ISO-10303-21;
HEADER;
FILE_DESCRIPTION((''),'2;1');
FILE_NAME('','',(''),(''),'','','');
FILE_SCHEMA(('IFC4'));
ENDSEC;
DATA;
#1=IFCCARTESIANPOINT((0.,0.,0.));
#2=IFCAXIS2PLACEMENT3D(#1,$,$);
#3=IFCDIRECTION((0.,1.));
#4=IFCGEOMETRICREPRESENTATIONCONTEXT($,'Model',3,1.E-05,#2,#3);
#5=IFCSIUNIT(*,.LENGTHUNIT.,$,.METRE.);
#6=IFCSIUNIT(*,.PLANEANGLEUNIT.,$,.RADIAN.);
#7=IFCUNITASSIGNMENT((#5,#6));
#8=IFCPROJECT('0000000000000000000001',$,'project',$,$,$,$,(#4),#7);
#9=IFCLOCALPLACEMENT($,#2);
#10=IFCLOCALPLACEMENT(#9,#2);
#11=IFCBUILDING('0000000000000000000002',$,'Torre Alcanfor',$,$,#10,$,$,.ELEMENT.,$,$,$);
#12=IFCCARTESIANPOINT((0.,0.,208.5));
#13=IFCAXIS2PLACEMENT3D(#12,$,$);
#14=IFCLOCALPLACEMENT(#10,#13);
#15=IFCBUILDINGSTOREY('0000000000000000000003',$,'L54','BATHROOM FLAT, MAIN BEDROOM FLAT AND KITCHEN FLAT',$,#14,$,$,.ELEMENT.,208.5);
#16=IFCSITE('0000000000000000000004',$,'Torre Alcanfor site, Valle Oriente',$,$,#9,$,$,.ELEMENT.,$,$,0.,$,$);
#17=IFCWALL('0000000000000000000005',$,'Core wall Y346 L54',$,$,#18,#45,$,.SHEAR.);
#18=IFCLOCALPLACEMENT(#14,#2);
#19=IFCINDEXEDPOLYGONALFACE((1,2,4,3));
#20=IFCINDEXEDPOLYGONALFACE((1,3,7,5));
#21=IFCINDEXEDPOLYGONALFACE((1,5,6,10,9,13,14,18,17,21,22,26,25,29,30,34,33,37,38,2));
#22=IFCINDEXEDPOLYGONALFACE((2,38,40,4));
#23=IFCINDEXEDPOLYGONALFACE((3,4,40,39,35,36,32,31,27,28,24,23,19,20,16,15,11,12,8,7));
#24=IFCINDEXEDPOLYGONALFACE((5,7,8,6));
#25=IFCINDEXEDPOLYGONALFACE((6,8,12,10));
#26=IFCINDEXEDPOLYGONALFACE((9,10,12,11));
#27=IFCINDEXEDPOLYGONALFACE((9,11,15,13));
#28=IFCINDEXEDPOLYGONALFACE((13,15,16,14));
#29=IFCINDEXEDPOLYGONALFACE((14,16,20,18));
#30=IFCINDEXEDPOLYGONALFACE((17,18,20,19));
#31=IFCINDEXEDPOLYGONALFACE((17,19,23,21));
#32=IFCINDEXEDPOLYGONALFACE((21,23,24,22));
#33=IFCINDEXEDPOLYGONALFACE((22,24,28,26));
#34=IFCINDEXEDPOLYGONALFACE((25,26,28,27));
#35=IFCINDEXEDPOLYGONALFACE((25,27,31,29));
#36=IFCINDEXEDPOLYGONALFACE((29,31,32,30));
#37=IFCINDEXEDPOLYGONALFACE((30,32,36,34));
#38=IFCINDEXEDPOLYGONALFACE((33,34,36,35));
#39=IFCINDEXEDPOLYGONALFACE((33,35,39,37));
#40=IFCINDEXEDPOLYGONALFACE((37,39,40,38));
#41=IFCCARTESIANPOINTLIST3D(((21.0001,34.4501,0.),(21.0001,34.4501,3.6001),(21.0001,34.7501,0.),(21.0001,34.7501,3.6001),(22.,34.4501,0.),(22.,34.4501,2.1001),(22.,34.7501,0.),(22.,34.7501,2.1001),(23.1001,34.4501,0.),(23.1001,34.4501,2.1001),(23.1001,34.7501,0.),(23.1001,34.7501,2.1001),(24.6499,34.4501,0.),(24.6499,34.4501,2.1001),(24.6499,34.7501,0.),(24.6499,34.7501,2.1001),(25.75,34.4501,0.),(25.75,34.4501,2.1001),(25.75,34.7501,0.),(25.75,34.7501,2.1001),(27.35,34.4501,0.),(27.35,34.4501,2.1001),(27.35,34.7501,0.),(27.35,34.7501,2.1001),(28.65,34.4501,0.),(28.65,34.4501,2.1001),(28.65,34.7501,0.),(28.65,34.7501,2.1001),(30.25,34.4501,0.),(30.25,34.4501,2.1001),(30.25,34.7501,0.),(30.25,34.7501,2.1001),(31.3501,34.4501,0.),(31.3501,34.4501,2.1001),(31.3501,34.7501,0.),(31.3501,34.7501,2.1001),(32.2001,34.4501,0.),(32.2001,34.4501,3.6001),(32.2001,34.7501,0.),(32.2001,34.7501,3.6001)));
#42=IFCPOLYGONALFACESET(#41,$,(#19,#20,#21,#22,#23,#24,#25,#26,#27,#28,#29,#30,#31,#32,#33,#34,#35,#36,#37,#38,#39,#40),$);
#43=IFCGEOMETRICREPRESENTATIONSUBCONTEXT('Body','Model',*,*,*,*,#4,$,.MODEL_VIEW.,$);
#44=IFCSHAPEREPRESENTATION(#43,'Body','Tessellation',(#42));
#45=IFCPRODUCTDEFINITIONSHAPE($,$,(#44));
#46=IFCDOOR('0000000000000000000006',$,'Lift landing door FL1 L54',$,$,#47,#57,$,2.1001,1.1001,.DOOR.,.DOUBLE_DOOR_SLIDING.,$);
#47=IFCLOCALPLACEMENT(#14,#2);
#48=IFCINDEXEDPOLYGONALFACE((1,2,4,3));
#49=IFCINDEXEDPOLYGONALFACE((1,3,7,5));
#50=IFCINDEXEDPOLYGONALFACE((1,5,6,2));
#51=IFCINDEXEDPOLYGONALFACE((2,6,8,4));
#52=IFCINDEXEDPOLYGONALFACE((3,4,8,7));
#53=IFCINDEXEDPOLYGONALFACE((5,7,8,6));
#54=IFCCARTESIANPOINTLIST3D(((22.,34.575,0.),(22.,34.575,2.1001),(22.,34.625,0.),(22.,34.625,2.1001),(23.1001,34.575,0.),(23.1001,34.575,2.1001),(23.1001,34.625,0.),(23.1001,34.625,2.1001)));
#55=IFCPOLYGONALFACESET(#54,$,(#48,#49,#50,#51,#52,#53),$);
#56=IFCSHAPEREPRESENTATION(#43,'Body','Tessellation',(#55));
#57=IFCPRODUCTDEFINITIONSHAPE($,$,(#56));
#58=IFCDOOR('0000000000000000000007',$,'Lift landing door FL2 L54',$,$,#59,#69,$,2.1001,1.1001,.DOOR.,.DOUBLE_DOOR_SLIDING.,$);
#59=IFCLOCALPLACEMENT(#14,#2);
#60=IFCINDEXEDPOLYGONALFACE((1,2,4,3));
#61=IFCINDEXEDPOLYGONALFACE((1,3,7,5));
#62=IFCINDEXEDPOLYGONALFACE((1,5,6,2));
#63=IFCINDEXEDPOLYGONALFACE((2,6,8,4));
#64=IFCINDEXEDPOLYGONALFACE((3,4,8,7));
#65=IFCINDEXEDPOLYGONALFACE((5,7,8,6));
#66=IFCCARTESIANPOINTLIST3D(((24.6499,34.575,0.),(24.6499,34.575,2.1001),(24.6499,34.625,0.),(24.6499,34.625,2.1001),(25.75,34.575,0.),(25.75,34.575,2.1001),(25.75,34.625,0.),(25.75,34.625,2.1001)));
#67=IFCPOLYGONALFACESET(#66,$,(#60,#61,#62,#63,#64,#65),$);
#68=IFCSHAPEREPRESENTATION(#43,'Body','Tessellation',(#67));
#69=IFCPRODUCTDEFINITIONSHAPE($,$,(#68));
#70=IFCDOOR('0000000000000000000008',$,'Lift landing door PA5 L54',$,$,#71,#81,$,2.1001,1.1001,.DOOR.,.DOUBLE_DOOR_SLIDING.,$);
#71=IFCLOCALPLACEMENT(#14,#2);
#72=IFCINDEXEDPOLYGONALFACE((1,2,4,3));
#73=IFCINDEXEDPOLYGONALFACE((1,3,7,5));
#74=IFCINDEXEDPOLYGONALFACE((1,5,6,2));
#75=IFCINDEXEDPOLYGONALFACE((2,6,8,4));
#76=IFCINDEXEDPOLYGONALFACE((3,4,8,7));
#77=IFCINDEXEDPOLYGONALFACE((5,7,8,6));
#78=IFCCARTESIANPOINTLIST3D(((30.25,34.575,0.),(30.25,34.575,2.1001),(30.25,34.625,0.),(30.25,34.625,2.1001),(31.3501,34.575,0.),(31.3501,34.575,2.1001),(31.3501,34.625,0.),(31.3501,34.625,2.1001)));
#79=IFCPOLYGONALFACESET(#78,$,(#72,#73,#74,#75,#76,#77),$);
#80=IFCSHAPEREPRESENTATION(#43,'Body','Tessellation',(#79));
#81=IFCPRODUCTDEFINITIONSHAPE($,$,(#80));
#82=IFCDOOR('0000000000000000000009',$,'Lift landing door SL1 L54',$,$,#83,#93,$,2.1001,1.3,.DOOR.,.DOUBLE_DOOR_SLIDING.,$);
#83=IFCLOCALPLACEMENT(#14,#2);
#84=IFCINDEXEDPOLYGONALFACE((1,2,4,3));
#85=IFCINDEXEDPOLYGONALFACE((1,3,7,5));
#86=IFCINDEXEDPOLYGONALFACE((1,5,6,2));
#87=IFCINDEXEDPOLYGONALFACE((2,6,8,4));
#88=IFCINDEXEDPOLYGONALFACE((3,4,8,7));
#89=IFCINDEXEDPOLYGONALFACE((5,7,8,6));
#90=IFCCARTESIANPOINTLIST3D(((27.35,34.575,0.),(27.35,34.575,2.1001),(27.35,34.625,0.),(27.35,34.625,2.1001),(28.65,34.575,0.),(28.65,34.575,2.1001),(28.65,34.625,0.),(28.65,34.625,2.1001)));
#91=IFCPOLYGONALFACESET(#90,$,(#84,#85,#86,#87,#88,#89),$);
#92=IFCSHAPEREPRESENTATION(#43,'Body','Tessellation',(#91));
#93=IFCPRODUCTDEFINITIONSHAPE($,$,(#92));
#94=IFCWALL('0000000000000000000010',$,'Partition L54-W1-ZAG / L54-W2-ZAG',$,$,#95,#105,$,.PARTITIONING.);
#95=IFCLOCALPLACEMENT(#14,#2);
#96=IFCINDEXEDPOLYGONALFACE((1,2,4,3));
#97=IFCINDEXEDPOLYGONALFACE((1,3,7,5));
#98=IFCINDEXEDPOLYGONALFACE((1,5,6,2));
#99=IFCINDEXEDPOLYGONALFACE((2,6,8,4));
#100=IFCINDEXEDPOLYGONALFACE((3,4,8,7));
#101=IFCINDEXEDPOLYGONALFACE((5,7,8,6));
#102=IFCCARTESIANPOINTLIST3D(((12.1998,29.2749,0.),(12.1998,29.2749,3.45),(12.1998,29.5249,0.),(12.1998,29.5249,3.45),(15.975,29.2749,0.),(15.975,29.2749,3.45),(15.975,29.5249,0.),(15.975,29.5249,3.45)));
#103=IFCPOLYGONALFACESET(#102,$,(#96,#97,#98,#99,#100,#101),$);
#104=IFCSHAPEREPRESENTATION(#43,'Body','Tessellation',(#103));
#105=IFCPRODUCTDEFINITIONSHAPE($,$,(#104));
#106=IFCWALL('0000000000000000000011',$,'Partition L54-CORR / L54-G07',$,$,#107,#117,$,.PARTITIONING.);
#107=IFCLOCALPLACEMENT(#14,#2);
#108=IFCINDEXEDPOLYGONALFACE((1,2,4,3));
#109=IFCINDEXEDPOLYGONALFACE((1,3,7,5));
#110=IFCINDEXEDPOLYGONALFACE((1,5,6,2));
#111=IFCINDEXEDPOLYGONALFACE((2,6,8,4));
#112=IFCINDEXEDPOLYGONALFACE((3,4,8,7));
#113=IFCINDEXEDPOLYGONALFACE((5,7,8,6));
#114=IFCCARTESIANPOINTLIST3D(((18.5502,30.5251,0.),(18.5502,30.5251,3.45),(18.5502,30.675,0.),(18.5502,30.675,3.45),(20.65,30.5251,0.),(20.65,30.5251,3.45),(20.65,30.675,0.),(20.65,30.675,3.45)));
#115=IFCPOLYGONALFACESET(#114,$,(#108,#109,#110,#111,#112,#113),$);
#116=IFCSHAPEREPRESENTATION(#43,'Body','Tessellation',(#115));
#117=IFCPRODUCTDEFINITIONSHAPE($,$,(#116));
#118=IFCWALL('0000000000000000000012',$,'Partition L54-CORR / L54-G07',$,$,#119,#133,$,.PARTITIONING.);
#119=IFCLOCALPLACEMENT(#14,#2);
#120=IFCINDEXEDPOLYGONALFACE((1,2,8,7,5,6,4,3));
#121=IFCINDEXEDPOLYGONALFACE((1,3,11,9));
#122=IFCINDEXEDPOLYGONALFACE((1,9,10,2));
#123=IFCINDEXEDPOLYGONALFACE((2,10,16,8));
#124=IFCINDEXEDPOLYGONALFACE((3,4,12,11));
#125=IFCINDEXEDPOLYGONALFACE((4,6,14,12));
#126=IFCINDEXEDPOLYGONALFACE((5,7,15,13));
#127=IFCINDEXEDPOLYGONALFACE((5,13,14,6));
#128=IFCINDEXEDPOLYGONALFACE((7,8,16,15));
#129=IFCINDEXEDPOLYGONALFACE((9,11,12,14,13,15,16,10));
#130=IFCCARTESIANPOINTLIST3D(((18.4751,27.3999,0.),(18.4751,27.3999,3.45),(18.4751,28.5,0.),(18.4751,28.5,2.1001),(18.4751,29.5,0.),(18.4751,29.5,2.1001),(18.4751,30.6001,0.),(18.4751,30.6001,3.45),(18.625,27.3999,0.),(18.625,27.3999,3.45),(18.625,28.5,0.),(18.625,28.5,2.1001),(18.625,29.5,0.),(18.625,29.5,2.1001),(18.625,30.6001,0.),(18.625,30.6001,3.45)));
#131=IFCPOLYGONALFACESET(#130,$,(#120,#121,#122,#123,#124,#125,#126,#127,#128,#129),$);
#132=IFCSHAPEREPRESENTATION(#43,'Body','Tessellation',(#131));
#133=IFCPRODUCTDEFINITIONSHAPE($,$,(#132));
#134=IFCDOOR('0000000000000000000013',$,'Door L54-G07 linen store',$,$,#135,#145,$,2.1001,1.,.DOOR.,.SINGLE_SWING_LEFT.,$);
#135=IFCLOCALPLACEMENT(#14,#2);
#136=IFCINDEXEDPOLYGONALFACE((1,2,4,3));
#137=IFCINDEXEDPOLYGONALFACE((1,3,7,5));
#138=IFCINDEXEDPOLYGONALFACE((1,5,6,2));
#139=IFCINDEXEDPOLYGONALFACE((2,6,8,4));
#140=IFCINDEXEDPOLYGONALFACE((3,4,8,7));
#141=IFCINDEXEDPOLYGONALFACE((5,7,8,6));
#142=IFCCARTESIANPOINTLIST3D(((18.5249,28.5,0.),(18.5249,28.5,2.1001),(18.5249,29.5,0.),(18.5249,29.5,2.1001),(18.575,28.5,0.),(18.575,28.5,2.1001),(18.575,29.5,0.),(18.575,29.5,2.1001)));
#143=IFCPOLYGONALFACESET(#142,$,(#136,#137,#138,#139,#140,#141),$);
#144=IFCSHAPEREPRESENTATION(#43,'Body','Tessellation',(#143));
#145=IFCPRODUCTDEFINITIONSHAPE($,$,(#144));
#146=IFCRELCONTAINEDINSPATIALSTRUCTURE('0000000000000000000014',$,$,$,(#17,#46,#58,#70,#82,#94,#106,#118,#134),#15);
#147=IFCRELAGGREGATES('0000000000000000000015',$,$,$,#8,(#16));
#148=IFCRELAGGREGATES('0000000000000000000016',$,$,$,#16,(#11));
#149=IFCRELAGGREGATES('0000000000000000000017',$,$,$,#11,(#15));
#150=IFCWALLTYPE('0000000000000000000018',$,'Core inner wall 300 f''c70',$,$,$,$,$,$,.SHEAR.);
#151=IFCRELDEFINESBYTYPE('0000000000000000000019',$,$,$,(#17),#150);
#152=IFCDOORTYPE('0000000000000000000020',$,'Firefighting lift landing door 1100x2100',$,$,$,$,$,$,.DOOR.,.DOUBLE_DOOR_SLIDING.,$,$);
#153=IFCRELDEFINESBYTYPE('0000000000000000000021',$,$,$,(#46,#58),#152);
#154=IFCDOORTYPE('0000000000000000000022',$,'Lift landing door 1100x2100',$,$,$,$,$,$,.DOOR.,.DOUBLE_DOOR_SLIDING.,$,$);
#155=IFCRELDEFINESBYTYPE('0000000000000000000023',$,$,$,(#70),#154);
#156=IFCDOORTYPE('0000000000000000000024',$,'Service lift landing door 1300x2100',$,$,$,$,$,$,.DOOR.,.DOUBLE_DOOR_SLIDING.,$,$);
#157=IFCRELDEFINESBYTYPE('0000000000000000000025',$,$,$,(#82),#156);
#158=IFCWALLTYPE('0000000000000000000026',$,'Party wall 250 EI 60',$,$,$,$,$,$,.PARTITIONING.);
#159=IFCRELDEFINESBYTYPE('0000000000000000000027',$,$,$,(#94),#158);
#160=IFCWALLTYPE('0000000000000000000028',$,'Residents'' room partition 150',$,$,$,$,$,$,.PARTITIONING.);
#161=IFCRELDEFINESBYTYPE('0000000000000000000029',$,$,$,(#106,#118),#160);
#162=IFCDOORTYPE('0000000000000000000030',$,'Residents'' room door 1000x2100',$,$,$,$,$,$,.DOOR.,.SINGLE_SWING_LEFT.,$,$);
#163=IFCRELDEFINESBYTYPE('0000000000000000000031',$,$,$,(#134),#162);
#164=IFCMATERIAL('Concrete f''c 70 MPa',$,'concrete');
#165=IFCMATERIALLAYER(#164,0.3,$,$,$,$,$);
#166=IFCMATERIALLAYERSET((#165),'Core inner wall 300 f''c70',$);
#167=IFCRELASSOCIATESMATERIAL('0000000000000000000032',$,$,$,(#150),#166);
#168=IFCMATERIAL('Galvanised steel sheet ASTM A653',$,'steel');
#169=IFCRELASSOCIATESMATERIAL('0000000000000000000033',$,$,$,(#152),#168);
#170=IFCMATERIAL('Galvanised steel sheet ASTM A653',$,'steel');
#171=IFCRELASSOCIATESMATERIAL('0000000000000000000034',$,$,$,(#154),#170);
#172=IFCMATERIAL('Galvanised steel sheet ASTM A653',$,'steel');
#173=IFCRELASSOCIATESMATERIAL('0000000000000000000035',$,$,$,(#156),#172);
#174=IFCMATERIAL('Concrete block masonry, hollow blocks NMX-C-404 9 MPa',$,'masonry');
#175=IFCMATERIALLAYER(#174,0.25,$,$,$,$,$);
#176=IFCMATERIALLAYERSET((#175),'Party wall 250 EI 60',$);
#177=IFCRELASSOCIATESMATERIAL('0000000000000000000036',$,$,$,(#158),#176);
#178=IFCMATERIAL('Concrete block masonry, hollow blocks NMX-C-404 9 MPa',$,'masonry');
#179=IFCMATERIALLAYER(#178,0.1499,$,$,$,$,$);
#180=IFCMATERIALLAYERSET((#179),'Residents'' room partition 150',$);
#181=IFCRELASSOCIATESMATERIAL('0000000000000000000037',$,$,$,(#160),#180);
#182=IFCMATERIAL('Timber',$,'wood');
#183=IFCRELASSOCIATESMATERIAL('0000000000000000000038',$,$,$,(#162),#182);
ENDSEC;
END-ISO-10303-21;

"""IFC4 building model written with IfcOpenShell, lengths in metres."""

from ifc_helpers import new_model, si_unit, direction, frame, frame_2d, origin, place, context, subcontext, project, spatial, rectangle, extrude, material, layer, layer_set, type_object, element, fill, save


model = new_model("IFC4")

# Units and contexts
model_context = context("Model", 3, precision=1e-05, world=origin(), true_north=direction((0.0, 1.0)))
body_context = subcontext(model_context, "Body", "Model", "MODEL_VIEW")
ifc_project = project(units=[si_unit("LENGTHUNIT", "METRE"), si_unit("PLANEANGLEUNIT", "RADIAN")], contexts=[model_context])

# Site, building, storey
site_placement = place(None, origin())
site = spatial("IfcSite", under=ifc_project, at=site_placement, Name="Torre Alcanfor site, Valle Oriente", CompositionType="ELEMENT", RefElevation=0.0)
building_placement = place(site_placement, origin())
building = spatial("IfcBuilding", under=site, at=building_placement, Name="Torre Alcanfor", CompositionType="ELEMENT")
storey_placement = place(building_placement, frame((0.0, 0.0, 208.5)))
storey = spatial("IfcBuildingStorey", under=building, at=storey_placement, Name="L54", Description="BATHROOM FLAT, MAIN BEDROOM FLAT AND KITCHEN FLAT", CompositionType="ELEMENT", Elevation=208.5)

# Shared definitions
ifc_material_1 = material(Name="Concrete f'c 70 MPa", Category="concrete")
ifc_layer_1 = layer(ifc_material_1, 0.3)
ifc_layer_set_1 = layer_set([ifc_layer_1], Name="Core inner wall 300 f'c70")
wall_type_1 = type_object("IfcWallType", Name="Core inner wall 300 f'c70", PredefinedType="SHEAR", material=ifc_layer_set_1)

# Wall, openings, doors
wall_1_placement = place(storey_placement, frame((21.0, 34.6001, 0.0), z_axis=(0.0, 0.0, 1.0), x_axis=(1.0, 0.0, 0.0)))
wall_1 = element("IfcWall", 1, at=wall_1_placement, inside=storey, type_object=wall_type_1, Name="Core wall Y346 L54", PredefinedType="SHEAR", context=body_context, shape_type="SweptSolid", body=[
    extrude(rectangle(XDim=11.2, YDim=0.3, at=frame_2d((5.6001, 0.0))), origin(), (0.0, 0.0, 1.0), 3.6001),
])
opening_1_placement = place(wall_1_placement, frame((9.25, 0.0, 0.0)))
opening_1 = element("IfcOpeningElement", 2, at=opening_1_placement, cuts=wall_1, PredefinedType="OPENING", context=body_context, shape_type="SweptSolid", body=[
    extrude(rectangle(XDim=1.1001, YDim=2.1001, at=frame_2d((0.55, 1.05))), frame((0.0, 0.1599, 0.0), z_axis=(0.0, -1.0, 0.0), x_axis=(1.0, 0.0, 0.0)), (0.0, 0.0, 1.0), 0.3201),
])
opening_2_placement = place(wall_1_placement, frame((1.0, 0.0, 0.0)))
opening_2 = element("IfcOpeningElement", 3, at=opening_2_placement, cuts=wall_1, PredefinedType="OPENING", context=body_context, shape_type="SweptSolid", body=[
    extrude(rectangle(XDim=1.1001, YDim=2.1001, at=frame_2d((0.55, 1.05))), frame((0.0, 0.1599, 0.0), z_axis=(0.0, -1.0, 0.0), x_axis=(1.0, 0.0, 0.0)), (0.0, 0.0, 1.0), 0.3201),
])
opening_3_placement = place(wall_1_placement, frame((3.6499, 0.0, 0.0)))
opening_3 = element("IfcOpeningElement", 4, at=opening_3_placement, cuts=wall_1, PredefinedType="OPENING", context=body_context, shape_type="SweptSolid", body=[
    extrude(rectangle(XDim=1.1001, YDim=2.1001, at=frame_2d((0.55, 1.05))), frame((0.0, 0.1599, 0.0), z_axis=(0.0, -1.0, 0.0), x_axis=(1.0, 0.0, 0.0)), (0.0, 0.0, 1.0), 0.3201),
])
opening_4_placement = place(wall_1_placement, frame((6.3501, 0.0, 0.0)))
opening_4 = element("IfcOpeningElement", 5, at=opening_4_placement, cuts=wall_1, PredefinedType="OPENING", context=body_context, shape_type="SweptSolid", body=[
    extrude(rectangle(XDim=1.3, YDim=2.1001, at=frame_2d((0.6499, 1.05))), frame((0.0, 0.1599, 0.0), z_axis=(0.0, -1.0, 0.0), x_axis=(1.0, 0.0, 0.0)), (0.0, 0.0, 1.0), 0.3201),
])
ifc_material_2 = material(Name="Galvanised steel sheet ASTM A653", Category="steel")
door_type_1 = type_object("IfcDoorType", Name="Firefighting lift landing door 1100x2100", OperationType="DOUBLE_DOOR_SLIDING", PredefinedType="DOOR", material=ifc_material_2)
door_1_placement = place(opening_2_placement, origin())
door_1 = element("IfcDoor", 6, at=door_1_placement, inside=storey, type_object=door_type_1, Name="Lift landing door FL1 L54", OperationType="DOUBLE_DOOR_SLIDING", OverallHeight=2.1001, OverallWidth=1.1001, PredefinedType="DOOR", context=body_context, shape_type="SweptSolid", body=[
    extrude(rectangle(XDim=1.1001, YDim=2.1001, at=frame_2d((0.55, 1.05))), frame((0.0, 0.0249, 0.0), z_axis=(0.0, -1.0, 0.0), x_axis=(1.0, 0.0, 0.0)), (0.0, 0.0, 1.0), 0.05),
])
fill(opening_2, door_1)
door_2_placement = place(opening_3_placement, origin())
door_2 = element("IfcDoor", 7, at=door_2_placement, inside=storey, type_object=door_type_1, Name="Lift landing door FL2 L54", OperationType="DOUBLE_DOOR_SLIDING", OverallHeight=2.1001, OverallWidth=1.1001, PredefinedType="DOOR", context=body_context, shape_type="SweptSolid", body=[
    extrude(rectangle(XDim=1.1001, YDim=2.1001, at=frame_2d((0.55, 1.05))), frame((0.0, 0.0249, 0.0), z_axis=(0.0, -1.0, 0.0), x_axis=(1.0, 0.0, 0.0)), (0.0, 0.0, 1.0), 0.05),
])
fill(opening_3, door_2)
ifc_material_3 = material(Name="Galvanised steel sheet ASTM A653", Category="steel")
door_type_2 = type_object("IfcDoorType", Name="Lift landing door 1100x2100", OperationType="DOUBLE_DOOR_SLIDING", PredefinedType="DOOR", material=ifc_material_3)
door_3_placement = place(opening_1_placement, origin())
door_3 = element("IfcDoor", 8, at=door_3_placement, inside=storey, type_object=door_type_2, Name="Lift landing door PA5 L54", OperationType="DOUBLE_DOOR_SLIDING", OverallHeight=2.1001, OverallWidth=1.1001, PredefinedType="DOOR", context=body_context, shape_type="SweptSolid", body=[
    extrude(rectangle(XDim=1.1001, YDim=2.1001, at=frame_2d((0.55, 1.05))), frame((0.0, 0.0249, 0.0), z_axis=(0.0, -1.0, 0.0), x_axis=(1.0, 0.0, 0.0)), (0.0, 0.0, 1.0), 0.05),
])
fill(opening_1, door_3)
ifc_material_4 = material(Name="Galvanised steel sheet ASTM A653", Category="steel")
door_type_3 = type_object("IfcDoorType", Name="Service lift landing door 1300x2100", OperationType="DOUBLE_DOOR_SLIDING", PredefinedType="DOOR", material=ifc_material_4)
door_4_placement = place(opening_4_placement, origin())
door_4 = element("IfcDoor", 9, at=door_4_placement, inside=storey, type_object=door_type_3, Name="Lift landing door SL1 L54", OperationType="DOUBLE_DOOR_SLIDING", OverallHeight=2.1001, OverallWidth=1.3, PredefinedType="DOOR", context=body_context, shape_type="SweptSolid", body=[
    extrude(rectangle(XDim=1.3, YDim=2.1001, at=frame_2d((0.6499, 1.05))), frame((0.0, 0.0249, 0.0), z_axis=(0.0, -1.0, 0.0), x_axis=(1.0, 0.0, 0.0)), (0.0, 0.0, 1.0), 0.05),
])
fill(opening_4, door_4)

# Walls
ifc_material_5 = material(Name="Concrete block masonry, hollow blocks NMX-C-404 9 MPa", Category="masonry")
ifc_layer_2 = layer(ifc_material_5, 0.25)
ifc_layer_set_2 = layer_set([ifc_layer_2], Name="Party wall 250 EI 60")
wall_type_2 = type_object("IfcWallType", Name="Party wall 250 EI 60", PredefinedType="PARTITIONING", material=ifc_layer_set_2)
wall_2_placement = place(storey_placement, frame((15.9751, 29.3999, 0.0), z_axis=(0.0, 0.0, 1.0), x_axis=(-1.0, 0.0, 0.0)))
element("IfcWall", 10, at=wall_2_placement, inside=storey, type_object=wall_type_2, Name="Partition L54-W1-ZAG / L54-W2-ZAG", PredefinedType="PARTITIONING", context=body_context, shape_type="SweptSolid", body=[
    extrude(rectangle(XDim=3.7751, YDim=0.25, at=frame_2d((1.8877, 0.0))), origin(), (0.0, 0.0, 1.0), 3.45),
])
ifc_material_6 = material(Name="Concrete block masonry, hollow blocks NMX-C-404 9 MPa", Category="masonry")
ifc_layer_3 = layer(ifc_material_6, 0.1499)
ifc_layer_set_3 = layer_set([ifc_layer_3], Name="Residents' room partition 150")
wall_type_3 = type_object("IfcWallType", Name="Residents' room partition 150", PredefinedType="PARTITIONING", material=ifc_layer_set_3)
wall_3_placement = place(storey_placement, frame((20.6499, 30.6001, 0.0), z_axis=(0.0, 0.0, 1.0), x_axis=(-1.0, 0.0, 0.0)))
element("IfcWall", 11, at=wall_3_placement, inside=storey, type_object=wall_type_3, Name="Partition L54-CORR / L54-G07", PredefinedType="PARTITIONING", context=body_context, shape_type="SweptSolid", body=[
    extrude(rectangle(XDim=2.0999, YDim=0.1499, at=frame_2d((1.0498, 0.0))), origin(), (0.0, 0.0, 1.0), 3.45),
])

# Wall, opening, door
wall_4_placement = place(storey_placement, frame((18.55, 30.6001, 0.0), z_axis=(0.0, 0.0, 1.0), x_axis=(0.0, -1.0, 0.0)))
wall_4 = element("IfcWall", 12, at=wall_4_placement, inside=storey, type_object=wall_type_3, Name="Partition L54-CORR / L54-G07", PredefinedType="PARTITIONING", context=body_context, shape_type="SweptSolid", body=[
    extrude(rectangle(XDim=3.2002, YDim=0.1499, at=frame_2d((1.6001, 0.0))), origin(), (0.0, 0.0, 1.0), 3.45),
])
opening_5_placement = place(wall_4_placement, frame((1.1001, 0.0, 0.0)))
opening_5 = element("IfcOpeningElement", 13, at=opening_5_placement, cuts=wall_4, PredefinedType="OPENING", context=body_context, shape_type="SweptSolid", body=[
    extrude(rectangle(XDim=1.0, YDim=2.1001, at=frame_2d((0.5, 1.05))), frame((0.0, 0.085, 0.0), z_axis=(0.0, -1.0, 0.0), x_axis=(1.0, 0.0, 0.0)), (0.0, 0.0, 1.0), 0.1699),
])
ifc_material_7 = material(Name="Timber", Category="wood")
door_type_4 = type_object("IfcDoorType", Name="Residents' room door 1000x2100", OperationType="SINGLE_SWING_LEFT", PredefinedType="DOOR", material=ifc_material_7)
door_5_placement = place(opening_5_placement, origin())
door_5 = element("IfcDoor", 14, at=door_5_placement, inside=storey, type_object=door_type_4, Name="Door L54-G07 linen store", OperationType="SINGLE_SWING_LEFT", OverallHeight=2.1001, OverallWidth=1.0, PredefinedType="DOOR", context=body_context, shape_type="SweptSolid", body=[
    extrude(rectangle(XDim=1.0, YDim=2.1001, at=frame_2d((0.5, 1.05))), frame((0.0, 0.0249, 0.0), z_axis=(0.0, -1.0, 0.0), x_axis=(1.0, 0.0, 0.0)), (0.0, 0.0, 1.0), 0.05),
])
fill(opening_5, door_5)

save(model, "model.ifc")
